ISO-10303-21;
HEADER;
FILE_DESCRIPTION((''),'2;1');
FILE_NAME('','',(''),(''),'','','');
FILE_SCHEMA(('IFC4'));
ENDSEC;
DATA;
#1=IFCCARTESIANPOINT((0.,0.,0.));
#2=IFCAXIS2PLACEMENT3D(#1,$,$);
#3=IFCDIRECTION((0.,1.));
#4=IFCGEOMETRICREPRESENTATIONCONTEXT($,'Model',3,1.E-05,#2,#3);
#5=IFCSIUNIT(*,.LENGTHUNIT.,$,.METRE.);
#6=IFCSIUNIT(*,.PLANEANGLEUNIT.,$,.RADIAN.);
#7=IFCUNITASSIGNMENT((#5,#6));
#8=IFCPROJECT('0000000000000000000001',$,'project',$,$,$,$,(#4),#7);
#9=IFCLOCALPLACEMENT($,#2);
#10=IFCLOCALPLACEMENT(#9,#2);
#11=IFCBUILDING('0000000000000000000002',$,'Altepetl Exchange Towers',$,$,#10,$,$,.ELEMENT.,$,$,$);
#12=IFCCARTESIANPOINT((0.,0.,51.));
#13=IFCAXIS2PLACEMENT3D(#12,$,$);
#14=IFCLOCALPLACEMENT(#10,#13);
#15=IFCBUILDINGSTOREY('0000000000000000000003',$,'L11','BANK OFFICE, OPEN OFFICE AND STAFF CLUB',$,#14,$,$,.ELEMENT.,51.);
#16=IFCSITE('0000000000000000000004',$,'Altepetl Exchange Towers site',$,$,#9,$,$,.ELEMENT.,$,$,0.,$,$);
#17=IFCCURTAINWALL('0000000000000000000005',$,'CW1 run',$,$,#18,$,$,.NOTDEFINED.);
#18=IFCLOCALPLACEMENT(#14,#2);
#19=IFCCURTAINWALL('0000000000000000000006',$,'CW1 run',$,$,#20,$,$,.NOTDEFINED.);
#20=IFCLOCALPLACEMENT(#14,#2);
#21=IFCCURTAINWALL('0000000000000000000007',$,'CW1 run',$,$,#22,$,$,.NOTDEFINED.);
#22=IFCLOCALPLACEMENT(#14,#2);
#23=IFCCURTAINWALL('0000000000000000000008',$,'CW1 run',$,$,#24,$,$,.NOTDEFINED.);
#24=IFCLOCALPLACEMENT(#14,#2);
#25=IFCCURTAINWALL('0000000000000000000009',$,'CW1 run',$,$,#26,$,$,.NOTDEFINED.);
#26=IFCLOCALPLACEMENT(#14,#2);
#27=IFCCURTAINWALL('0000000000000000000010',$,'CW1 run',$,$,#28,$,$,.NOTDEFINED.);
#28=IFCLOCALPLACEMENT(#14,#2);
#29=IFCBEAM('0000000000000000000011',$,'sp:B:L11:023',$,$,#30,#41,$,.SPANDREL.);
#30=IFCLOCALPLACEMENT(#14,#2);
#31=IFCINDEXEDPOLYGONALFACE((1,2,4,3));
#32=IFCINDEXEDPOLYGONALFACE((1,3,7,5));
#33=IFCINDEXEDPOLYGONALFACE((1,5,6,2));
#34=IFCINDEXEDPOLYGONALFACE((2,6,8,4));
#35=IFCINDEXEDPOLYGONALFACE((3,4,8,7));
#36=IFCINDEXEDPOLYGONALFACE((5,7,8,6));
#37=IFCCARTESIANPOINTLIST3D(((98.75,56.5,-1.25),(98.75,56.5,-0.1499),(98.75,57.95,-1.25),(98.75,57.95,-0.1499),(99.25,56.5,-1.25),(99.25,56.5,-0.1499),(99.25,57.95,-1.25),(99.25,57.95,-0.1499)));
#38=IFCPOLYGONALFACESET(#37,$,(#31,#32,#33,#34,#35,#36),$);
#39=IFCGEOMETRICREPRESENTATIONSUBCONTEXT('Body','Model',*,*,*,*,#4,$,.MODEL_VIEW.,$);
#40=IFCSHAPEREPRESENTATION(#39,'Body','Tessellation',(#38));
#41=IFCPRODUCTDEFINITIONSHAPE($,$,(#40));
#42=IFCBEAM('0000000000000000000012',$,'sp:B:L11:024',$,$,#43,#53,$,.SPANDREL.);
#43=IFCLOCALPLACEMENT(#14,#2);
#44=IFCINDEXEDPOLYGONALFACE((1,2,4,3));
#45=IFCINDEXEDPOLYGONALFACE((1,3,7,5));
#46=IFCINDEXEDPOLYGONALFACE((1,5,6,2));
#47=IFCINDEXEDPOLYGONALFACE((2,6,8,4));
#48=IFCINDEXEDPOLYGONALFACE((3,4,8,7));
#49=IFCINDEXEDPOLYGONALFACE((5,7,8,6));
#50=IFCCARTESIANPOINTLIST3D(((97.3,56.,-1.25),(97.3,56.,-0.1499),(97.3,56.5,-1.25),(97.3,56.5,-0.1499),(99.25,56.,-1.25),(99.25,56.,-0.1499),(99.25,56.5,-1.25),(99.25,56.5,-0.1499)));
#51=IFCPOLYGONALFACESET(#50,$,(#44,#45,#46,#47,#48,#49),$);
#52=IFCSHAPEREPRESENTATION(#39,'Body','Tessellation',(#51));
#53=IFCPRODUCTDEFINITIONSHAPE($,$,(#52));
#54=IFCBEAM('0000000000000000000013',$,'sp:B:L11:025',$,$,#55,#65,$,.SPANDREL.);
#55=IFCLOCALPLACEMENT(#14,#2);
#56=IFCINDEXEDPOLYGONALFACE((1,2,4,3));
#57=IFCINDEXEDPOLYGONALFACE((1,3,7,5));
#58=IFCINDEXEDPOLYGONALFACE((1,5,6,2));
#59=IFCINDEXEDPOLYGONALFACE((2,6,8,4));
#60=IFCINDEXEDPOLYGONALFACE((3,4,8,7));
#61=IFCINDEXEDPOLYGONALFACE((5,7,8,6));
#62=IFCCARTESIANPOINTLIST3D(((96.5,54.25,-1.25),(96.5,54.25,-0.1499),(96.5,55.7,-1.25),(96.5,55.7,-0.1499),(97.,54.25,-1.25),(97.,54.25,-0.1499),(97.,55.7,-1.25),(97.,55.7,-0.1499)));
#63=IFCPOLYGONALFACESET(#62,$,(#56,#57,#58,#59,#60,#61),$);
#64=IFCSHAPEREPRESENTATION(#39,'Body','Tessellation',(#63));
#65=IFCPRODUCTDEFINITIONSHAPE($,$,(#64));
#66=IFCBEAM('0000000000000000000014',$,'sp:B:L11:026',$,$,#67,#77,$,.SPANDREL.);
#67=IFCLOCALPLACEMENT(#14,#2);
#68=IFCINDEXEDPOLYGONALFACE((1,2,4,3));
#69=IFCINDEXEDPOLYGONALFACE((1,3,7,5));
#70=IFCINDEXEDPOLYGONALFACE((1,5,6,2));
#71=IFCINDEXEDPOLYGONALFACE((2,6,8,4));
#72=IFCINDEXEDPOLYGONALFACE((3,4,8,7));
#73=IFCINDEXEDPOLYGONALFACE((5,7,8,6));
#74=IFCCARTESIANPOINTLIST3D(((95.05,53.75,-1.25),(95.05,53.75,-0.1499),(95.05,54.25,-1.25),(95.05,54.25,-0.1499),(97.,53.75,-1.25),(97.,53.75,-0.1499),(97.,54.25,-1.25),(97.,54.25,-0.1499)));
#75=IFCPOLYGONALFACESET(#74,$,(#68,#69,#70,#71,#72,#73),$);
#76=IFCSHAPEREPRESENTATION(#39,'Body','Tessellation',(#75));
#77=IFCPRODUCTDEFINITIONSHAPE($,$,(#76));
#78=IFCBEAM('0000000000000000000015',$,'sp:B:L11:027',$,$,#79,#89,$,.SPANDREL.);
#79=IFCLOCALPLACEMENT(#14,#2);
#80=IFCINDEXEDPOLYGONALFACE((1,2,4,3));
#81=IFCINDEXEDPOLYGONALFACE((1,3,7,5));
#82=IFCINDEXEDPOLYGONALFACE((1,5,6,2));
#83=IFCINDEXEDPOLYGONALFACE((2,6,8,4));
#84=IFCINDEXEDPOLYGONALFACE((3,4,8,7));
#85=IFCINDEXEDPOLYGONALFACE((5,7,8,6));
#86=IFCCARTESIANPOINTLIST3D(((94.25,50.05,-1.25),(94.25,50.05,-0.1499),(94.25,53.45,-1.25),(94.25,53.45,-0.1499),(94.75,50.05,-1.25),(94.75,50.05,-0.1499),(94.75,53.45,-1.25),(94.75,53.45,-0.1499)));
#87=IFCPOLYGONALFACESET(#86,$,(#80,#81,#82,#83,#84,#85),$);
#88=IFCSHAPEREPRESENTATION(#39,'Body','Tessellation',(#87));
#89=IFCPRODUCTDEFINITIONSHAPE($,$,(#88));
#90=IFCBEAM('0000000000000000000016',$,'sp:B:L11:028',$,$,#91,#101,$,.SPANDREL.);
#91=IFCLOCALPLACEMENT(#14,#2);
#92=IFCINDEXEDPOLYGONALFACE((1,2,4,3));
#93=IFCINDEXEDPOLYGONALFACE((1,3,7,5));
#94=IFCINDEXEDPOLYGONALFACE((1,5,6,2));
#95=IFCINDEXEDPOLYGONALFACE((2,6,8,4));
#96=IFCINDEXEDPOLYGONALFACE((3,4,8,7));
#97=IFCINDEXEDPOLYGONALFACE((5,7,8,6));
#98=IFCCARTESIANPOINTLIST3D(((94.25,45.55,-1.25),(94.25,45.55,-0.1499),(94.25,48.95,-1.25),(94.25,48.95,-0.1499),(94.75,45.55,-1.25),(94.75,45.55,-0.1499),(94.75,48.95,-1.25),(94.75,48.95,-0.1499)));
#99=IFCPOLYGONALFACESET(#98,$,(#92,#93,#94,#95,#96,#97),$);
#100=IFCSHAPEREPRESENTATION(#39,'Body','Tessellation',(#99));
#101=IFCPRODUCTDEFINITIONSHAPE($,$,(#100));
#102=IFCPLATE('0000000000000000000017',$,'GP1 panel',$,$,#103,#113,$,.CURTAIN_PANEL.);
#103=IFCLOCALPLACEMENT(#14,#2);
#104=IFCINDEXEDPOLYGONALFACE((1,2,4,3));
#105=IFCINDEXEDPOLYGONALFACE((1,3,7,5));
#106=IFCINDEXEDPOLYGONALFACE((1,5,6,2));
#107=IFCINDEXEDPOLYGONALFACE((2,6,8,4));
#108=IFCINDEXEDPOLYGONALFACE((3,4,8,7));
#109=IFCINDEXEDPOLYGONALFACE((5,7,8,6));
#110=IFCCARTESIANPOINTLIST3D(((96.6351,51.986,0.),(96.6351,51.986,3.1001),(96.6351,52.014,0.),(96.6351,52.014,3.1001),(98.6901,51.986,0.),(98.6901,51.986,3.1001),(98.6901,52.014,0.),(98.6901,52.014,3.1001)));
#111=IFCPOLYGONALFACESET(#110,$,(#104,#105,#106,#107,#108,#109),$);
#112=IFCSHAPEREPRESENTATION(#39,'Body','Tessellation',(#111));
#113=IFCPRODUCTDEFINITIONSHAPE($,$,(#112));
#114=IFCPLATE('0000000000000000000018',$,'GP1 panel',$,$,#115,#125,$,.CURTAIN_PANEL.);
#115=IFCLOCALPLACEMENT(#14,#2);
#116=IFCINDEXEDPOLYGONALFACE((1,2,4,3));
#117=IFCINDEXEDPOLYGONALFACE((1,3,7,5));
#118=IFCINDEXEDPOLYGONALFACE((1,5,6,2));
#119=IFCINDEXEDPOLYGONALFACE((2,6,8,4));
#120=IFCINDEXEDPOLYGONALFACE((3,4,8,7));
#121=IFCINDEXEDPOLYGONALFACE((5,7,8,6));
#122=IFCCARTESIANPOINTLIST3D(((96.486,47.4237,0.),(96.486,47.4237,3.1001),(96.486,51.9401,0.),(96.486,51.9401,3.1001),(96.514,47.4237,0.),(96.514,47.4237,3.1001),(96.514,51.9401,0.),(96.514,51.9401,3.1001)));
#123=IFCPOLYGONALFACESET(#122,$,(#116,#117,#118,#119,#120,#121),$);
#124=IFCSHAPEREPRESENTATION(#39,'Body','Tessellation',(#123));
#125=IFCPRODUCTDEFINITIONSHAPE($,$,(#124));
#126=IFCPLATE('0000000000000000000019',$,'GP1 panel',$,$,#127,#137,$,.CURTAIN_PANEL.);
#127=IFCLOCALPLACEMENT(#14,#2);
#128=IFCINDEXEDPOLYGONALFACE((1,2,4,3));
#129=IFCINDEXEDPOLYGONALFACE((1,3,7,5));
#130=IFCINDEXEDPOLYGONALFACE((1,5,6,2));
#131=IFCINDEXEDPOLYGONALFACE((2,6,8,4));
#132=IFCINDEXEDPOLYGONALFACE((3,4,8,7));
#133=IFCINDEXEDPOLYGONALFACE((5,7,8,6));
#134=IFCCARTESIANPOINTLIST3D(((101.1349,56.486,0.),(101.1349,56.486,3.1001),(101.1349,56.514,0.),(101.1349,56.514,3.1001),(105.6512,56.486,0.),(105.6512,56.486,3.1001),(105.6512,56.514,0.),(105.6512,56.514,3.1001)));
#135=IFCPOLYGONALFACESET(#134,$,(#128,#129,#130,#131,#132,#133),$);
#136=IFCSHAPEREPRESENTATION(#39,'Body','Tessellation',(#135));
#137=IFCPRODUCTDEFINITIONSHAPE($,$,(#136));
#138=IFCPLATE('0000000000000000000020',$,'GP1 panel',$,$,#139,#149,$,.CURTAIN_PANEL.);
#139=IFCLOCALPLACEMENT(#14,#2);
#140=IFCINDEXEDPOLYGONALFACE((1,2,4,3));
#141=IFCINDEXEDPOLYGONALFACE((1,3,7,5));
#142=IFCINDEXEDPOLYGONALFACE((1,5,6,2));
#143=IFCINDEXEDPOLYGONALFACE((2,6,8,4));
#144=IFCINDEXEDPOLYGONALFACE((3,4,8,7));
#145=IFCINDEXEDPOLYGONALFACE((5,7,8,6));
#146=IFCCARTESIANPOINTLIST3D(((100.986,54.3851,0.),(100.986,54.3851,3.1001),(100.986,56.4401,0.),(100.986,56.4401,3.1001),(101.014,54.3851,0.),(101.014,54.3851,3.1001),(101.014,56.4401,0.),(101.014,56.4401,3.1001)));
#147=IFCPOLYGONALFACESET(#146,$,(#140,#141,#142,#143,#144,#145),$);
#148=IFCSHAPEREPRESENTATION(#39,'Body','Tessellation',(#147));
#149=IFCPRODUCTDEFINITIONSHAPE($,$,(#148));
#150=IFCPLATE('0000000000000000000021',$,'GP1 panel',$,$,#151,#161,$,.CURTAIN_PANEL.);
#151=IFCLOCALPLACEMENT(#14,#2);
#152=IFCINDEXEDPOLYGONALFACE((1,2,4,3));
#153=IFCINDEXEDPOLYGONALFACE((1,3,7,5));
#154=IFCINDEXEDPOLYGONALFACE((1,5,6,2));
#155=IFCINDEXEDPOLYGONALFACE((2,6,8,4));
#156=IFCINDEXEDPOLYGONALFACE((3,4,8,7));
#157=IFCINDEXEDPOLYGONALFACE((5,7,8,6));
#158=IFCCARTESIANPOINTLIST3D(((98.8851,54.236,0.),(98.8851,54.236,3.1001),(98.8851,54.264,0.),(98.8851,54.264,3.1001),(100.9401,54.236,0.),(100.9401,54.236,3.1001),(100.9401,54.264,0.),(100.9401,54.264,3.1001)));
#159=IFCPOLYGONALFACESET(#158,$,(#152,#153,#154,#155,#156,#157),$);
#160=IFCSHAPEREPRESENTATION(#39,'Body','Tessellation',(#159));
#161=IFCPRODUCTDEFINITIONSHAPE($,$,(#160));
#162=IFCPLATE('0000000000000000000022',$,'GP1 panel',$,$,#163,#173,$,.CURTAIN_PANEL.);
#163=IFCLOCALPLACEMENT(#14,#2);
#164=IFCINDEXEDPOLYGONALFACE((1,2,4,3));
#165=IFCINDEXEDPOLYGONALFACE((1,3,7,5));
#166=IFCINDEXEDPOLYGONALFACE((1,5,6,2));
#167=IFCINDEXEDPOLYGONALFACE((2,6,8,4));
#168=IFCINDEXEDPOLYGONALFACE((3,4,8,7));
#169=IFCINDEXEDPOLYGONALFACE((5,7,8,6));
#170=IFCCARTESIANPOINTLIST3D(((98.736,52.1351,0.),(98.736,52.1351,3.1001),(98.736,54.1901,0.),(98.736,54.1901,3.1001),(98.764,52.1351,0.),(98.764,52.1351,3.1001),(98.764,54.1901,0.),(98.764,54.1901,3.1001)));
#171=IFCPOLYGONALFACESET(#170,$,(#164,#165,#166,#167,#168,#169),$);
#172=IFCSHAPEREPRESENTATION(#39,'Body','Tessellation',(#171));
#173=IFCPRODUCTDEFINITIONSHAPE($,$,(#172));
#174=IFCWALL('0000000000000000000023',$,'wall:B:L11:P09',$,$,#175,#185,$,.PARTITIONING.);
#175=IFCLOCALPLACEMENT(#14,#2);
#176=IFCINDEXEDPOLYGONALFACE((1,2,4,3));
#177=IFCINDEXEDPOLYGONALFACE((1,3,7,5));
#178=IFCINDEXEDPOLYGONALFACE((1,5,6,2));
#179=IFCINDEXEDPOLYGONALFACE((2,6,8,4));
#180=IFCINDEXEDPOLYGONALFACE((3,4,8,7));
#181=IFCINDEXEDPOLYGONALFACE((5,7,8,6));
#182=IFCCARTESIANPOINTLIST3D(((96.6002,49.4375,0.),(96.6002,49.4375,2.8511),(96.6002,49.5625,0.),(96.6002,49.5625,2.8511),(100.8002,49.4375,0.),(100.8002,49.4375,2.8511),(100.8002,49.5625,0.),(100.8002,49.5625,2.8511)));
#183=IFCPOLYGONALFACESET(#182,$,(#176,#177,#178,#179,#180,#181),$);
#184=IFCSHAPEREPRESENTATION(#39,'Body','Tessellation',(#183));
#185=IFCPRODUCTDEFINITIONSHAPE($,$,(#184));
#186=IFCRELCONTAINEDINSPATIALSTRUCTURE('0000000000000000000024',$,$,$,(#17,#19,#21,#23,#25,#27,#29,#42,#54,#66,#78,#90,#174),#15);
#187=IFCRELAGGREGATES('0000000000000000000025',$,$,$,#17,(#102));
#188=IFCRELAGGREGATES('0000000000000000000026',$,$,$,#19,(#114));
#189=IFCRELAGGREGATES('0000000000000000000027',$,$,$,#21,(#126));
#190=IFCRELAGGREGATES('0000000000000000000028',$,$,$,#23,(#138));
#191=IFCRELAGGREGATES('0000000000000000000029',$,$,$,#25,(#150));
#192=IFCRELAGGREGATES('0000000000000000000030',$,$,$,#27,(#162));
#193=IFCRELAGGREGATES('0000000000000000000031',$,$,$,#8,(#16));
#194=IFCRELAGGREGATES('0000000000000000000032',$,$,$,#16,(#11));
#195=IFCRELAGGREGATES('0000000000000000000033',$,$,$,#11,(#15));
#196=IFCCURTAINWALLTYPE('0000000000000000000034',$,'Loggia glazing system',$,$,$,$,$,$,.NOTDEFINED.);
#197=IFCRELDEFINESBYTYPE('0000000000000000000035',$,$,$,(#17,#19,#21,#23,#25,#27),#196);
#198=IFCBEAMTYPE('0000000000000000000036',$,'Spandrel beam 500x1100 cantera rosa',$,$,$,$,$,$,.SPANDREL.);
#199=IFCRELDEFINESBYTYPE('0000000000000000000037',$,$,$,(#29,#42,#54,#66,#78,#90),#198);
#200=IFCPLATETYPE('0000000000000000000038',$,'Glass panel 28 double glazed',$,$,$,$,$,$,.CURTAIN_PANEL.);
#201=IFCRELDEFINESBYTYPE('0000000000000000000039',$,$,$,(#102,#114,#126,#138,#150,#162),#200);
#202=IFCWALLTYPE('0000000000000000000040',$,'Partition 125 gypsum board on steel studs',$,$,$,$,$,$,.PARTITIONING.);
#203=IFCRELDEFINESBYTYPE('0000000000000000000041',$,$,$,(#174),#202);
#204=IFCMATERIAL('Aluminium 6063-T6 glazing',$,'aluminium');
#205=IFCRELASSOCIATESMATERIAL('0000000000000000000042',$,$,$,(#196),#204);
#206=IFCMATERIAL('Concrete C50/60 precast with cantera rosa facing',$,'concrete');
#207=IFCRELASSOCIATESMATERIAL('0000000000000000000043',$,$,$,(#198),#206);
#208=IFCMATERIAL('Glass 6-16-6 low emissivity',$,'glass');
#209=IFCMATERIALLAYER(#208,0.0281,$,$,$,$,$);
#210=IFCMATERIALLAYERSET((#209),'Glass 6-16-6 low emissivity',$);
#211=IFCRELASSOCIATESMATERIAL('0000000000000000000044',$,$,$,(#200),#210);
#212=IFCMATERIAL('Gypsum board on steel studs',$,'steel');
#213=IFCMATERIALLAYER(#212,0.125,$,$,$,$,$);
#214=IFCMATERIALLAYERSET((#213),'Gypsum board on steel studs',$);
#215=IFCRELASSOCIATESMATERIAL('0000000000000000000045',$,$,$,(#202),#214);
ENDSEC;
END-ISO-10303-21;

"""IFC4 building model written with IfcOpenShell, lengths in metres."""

from ifc_helpers import new_model, si_unit, direction, frame, frame_2d, origin, origin_2d, place, context, subcontext, project, spatial, rectangle, extrude, material, layer, layer_set, material_profile, profile_set, type_object, element, aggregate, save


model = new_model("IFC4")

# Units and contexts
model_context = context("Model", 3, precision=1e-05, world=origin(), true_north=direction((0.0, 1.0)))
body_context = subcontext(model_context, "Body", "Model", "MODEL_VIEW")
ifc_project = project(units=[si_unit("LENGTHUNIT", "METRE"), si_unit("PLANEANGLEUNIT", "RADIAN")], contexts=[model_context])

# Site, building, storey
site_placement = place(None, origin())
site = spatial("IfcSite", under=ifc_project, at=site_placement, Name="Altepetl Exchange Towers site", CompositionType="ELEMENT", RefElevation=0.0)
building_placement = place(site_placement, origin())
building = spatial("IfcBuilding", under=site, at=building_placement, Name="Altepetl Exchange Towers", CompositionType="ELEMENT")
storey_placement = place(building_placement, frame((0.0, 0.0, 51.0)))
storey = spatial("IfcBuildingStorey", under=building, at=storey_placement, Name="L11", Description="BANK OFFICE, OPEN OFFICE AND STAFF CLUB", CompositionType="ELEMENT", Elevation=51.0)

# Curtain walls
ifc_material_1 = material(Name="Aluminium 6063-T6 glazing", Category="aluminium")
curtain_wall_type = type_object("IfcCurtainWallType", Name="Loggia glazing system", PredefinedType="NOTDEFINED", material=ifc_material_1)
curtain_wall_1_placement = place(storey_placement, origin())
curtain_wall_1 = element("IfcCurtainWall", 1, at=curtain_wall_1_placement, inside=storey, type_object=curtain_wall_type, Name="CW1 run", PredefinedType="NOTDEFINED")
curtain_wall_2_placement = place(storey_placement, origin())
curtain_wall_2 = element("IfcCurtainWall", 2, at=curtain_wall_2_placement, inside=storey, type_object=curtain_wall_type, Name="CW1 run", PredefinedType="NOTDEFINED")

# Curtain wall
curtain_wall_3_placement = place(storey_placement, origin())
curtain_wall_3 = element("IfcCurtainWall", 3, at=curtain_wall_3_placement, inside=storey, type_object=curtain_wall_type, Name="CW1 run", PredefinedType="NOTDEFINED")

# Curtain walls
curtain_wall_4_placement = place(storey_placement, origin())
curtain_wall_4 = element("IfcCurtainWall", 4, at=curtain_wall_4_placement, inside=storey, type_object=curtain_wall_type, Name="CW1 run", PredefinedType="NOTDEFINED")
curtain_wall_5_placement = place(storey_placement, origin())
curtain_wall_5 = element("IfcCurtainWall", 5, at=curtain_wall_5_placement, inside=storey, type_object=curtain_wall_type, Name="CW1 run", PredefinedType="NOTDEFINED")
curtain_wall_6_placement = place(storey_placement, origin())
curtain_wall_6 = element("IfcCurtainWall", 6, at=curtain_wall_6_placement, inside=storey, type_object=curtain_wall_type, Name="CW1 run", PredefinedType="NOTDEFINED")

# Beams
ifc_material_2 = material(Name="Concrete C50/60 precast with cantera rosa facing", Category="concrete")
ifc_material_profile_1 = material_profile(ifc_material_2, rectangle(XDim=0.5, YDim=1.1001, at=origin_2d()), Name="500 x 1100")
ifc_profile_set_1 = profile_set([ifc_material_profile_1], Name="Concrete C50/60 precast with cantera rosa facing")
beam_type_1 = type_object("IfcBeamType", Name="Spandrel beam 500x1100 cantera rosa", PredefinedType="SPANDREL", material=ifc_profile_set_1)
beam_1_placement = place(storey_placement, frame((99.0, 57.95, -0.7), z_axis=(0.0, -1.0, 0.0), x_axis=(1.0, 0.0, 0.0)))
element("IfcBeam", 7, at=beam_1_placement, inside=storey, type_object=beam_type_1, Name="sp:B:L11:023", PredefinedType="SPANDREL", context=body_context, shape_type="SweptSolid", body=[
    extrude(rectangle(XDim=0.5, YDim=1.1001, at=origin_2d()), origin(), (0.0, 0.0, 1.0), 1.45),
])
beam_2_placement = place(storey_placement, frame((99.25, 56.25, -0.7), z_axis=(-1.0, 0.0, 0.0), x_axis=(0.0, -1.0, 0.0)))
element("IfcBeam", 8, at=beam_2_placement, inside=storey, type_object=beam_type_1, Name="sp:B:L11:024", PredefinedType="SPANDREL", context=body_context, shape_type="SweptSolid", body=[
    extrude(rectangle(XDim=0.5, YDim=1.1001, at=origin_2d()), origin(), (0.0, 0.0, 1.0), 1.95),
])
beam_3_placement = place(storey_placement, frame((96.75, 55.7, -0.7), z_axis=(0.0, -1.0, 0.0), x_axis=(1.0, 0.0, 0.0)))
element("IfcBeam", 9, at=beam_3_placement, inside=storey, type_object=beam_type_1, Name="sp:B:L11:025", PredefinedType="SPANDREL", context=body_context, shape_type="SweptSolid", body=[
    extrude(rectangle(XDim=0.5, YDim=1.1001, at=origin_2d()), origin(), (0.0, 0.0, 1.0), 1.45),
])
beam_4_placement = place(storey_placement, frame((97.0, 54.0, -0.7), z_axis=(-1.0, 0.0, 0.0), x_axis=(0.0, -1.0, 0.0)))
element("IfcBeam", 10, at=beam_4_placement, inside=storey, type_object=beam_type_1, Name="sp:B:L11:026", PredefinedType="SPANDREL", context=body_context, shape_type="SweptSolid", body=[
    extrude(rectangle(XDim=0.5, YDim=1.1001, at=origin_2d()), origin(), (0.0, 0.0, 1.0), 1.95),
])
for number, where, z_axis, x_axis, name in (
    (11, (94.5, 53.45, -0.7), (0.0, -1.0, 0.0), (1.0, 0.0, 0.0), "sp:B:L11:027"),
    (12, (94.5, 48.95, -0.7), (0.0, -1.0, 0.0), (1.0, 0.0, 0.0), "sp:B:L11:028"),
):
    element("IfcBeam", number, at=place(storey_placement, frame(where, z_axis=z_axis, x_axis=x_axis)), inside=storey, type_object=beam_type_1, Name=name, PredefinedType="SPANDREL", context=body_context, shape_type="SweptSolid", body=[
        extrude(rectangle(XDim=0.5, YDim=1.1001, at=origin_2d()), origin(), (0.0, 0.0, 1.0), 3.3999),
    ])

# Plates
ifc_material_3 = material(Name="Glass 6-16-6 low emissivity", Category="glass")
ifc_layer_1 = layer(ifc_material_3, 0.0281)
ifc_layer_set_1 = layer_set([ifc_layer_1], Name="Glass 6-16-6 low emissivity")
plate_type = type_object("IfcPlateType", Name="Glass panel 28 double glazed", PredefinedType="CURTAIN_PANEL", material=ifc_layer_set_1)
plate_1_placement = place(storey_placement, frame((97.6626, 52.0, 0.0), z_axis=(0.0, 0.0, 1.0), x_axis=(-1.0, 0.0, 0.0)))
plate_1 = element("IfcPlate", 13, at=plate_1_placement, type_object=plate_type, Name="GP1 panel", PredefinedType="CURTAIN_PANEL", context=body_context, shape_type="SweptSolid", body=[
    extrude(rectangle(XDim=2.0549, YDim=0.0281, at=origin_2d()), origin(), (0.0, 0.0, 1.0), 3.1001),
])
aggregate(curtain_wall_1, [plate_1])
plate_2_placement = place(storey_placement, frame((96.5, 49.6819, 0.0), z_axis=(0.0, 0.0, 1.0), x_axis=(0.0, -1.0, 0.0)))
plate_2 = element("IfcPlate", 14, at=plate_2_placement, type_object=plate_type, Name="GP1 panel", PredefinedType="CURTAIN_PANEL", context=body_context, shape_type="SweptSolid", body=[
    extrude(rectangle(XDim=4.5164, YDim=0.0281, at=origin_2d()), origin(), (0.0, 0.0, 1.0), 3.1001),
])
aggregate(curtain_wall_2, [plate_2])
plate_3_placement = place(storey_placement, frame((103.3931, 56.5, 0.0), z_axis=(0.0, 0.0, 1.0), x_axis=(-1.0, 0.0, 0.0)))
plate_3 = element("IfcPlate", 15, at=plate_3_placement, type_object=plate_type, Name="GP1 panel", PredefinedType="CURTAIN_PANEL", context=body_context, shape_type="SweptSolid", body=[
    extrude(rectangle(XDim=4.5164, YDim=0.0281, at=origin_2d()), origin(), (0.0, 0.0, 1.0), 3.1001),
])
aggregate(curtain_wall_3, [plate_3])
plate_4_placement = place(storey_placement, frame((101.0, 55.4126, 0.0), z_axis=(0.0, 0.0, 1.0), x_axis=(0.0, -1.0, 0.0)))
plate_4 = element("IfcPlate", 16, at=plate_4_placement, type_object=plate_type, Name="GP1 panel", PredefinedType="CURTAIN_PANEL", context=body_context, shape_type="SweptSolid", body=[
    extrude(rectangle(XDim=2.0549, YDim=0.0281, at=origin_2d()), origin(), (0.0, 0.0, 1.0), 3.1001),
])
aggregate(curtain_wall_4, [plate_4])
plate_5_placement = place(storey_placement, frame((99.9126, 54.25, 0.0), z_axis=(0.0, 0.0, 1.0), x_axis=(-1.0, 0.0, 0.0)))
plate_5 = element("IfcPlate", 17, at=plate_5_placement, type_object=plate_type, Name="GP1 panel", PredefinedType="CURTAIN_PANEL", context=body_context, shape_type="SweptSolid", body=[
    extrude(rectangle(XDim=2.0549, YDim=0.0281, at=origin_2d()), origin(), (0.0, 0.0, 1.0), 3.1001),
])
aggregate(curtain_wall_5, [plate_5])
plate_6_placement = place(storey_placement, frame((98.75, 53.1626, 0.0), z_axis=(0.0, 0.0, 1.0), x_axis=(0.0, -1.0, 0.0)))
plate_6 = element("IfcPlate", 18, at=plate_6_placement, type_object=plate_type, Name="GP1 panel", PredefinedType="CURTAIN_PANEL", context=body_context, shape_type="SweptSolid", body=[
    extrude(rectangle(XDim=2.0549, YDim=0.0281, at=origin_2d()), origin(), (0.0, 0.0, 1.0), 3.1001),
])
aggregate(curtain_wall_6, [plate_6])

# Wall
ifc_material_4 = material(Name="Gypsum board on steel studs", Category="steel")
ifc_layer_2 = layer(ifc_material_4, 0.125)
ifc_layer_set_2 = layer_set([ifc_layer_2], Name="Gypsum board on steel studs")
wall_type = type_object("IfcWallType", Name="Partition 125 gypsum board on steel studs", PredefinedType="PARTITIONING", material=ifc_layer_set_2)
wall_1_placement = place(storey_placement, frame((96.6001, 49.5, 0.0)))
element("IfcWall", 19, at=wall_1_placement, inside=storey, type_object=wall_type, Name="wall:B:L11:P09", PredefinedType="PARTITIONING", context=body_context, shape_type="SweptSolid", body=[
    extrude(rectangle(XDim=4.2, YDim=0.125, at=frame_2d((2.1001, 0.0))), origin(), (0.0, 0.0, 1.0), 2.8511),
])

save(model, "model.ifc")
